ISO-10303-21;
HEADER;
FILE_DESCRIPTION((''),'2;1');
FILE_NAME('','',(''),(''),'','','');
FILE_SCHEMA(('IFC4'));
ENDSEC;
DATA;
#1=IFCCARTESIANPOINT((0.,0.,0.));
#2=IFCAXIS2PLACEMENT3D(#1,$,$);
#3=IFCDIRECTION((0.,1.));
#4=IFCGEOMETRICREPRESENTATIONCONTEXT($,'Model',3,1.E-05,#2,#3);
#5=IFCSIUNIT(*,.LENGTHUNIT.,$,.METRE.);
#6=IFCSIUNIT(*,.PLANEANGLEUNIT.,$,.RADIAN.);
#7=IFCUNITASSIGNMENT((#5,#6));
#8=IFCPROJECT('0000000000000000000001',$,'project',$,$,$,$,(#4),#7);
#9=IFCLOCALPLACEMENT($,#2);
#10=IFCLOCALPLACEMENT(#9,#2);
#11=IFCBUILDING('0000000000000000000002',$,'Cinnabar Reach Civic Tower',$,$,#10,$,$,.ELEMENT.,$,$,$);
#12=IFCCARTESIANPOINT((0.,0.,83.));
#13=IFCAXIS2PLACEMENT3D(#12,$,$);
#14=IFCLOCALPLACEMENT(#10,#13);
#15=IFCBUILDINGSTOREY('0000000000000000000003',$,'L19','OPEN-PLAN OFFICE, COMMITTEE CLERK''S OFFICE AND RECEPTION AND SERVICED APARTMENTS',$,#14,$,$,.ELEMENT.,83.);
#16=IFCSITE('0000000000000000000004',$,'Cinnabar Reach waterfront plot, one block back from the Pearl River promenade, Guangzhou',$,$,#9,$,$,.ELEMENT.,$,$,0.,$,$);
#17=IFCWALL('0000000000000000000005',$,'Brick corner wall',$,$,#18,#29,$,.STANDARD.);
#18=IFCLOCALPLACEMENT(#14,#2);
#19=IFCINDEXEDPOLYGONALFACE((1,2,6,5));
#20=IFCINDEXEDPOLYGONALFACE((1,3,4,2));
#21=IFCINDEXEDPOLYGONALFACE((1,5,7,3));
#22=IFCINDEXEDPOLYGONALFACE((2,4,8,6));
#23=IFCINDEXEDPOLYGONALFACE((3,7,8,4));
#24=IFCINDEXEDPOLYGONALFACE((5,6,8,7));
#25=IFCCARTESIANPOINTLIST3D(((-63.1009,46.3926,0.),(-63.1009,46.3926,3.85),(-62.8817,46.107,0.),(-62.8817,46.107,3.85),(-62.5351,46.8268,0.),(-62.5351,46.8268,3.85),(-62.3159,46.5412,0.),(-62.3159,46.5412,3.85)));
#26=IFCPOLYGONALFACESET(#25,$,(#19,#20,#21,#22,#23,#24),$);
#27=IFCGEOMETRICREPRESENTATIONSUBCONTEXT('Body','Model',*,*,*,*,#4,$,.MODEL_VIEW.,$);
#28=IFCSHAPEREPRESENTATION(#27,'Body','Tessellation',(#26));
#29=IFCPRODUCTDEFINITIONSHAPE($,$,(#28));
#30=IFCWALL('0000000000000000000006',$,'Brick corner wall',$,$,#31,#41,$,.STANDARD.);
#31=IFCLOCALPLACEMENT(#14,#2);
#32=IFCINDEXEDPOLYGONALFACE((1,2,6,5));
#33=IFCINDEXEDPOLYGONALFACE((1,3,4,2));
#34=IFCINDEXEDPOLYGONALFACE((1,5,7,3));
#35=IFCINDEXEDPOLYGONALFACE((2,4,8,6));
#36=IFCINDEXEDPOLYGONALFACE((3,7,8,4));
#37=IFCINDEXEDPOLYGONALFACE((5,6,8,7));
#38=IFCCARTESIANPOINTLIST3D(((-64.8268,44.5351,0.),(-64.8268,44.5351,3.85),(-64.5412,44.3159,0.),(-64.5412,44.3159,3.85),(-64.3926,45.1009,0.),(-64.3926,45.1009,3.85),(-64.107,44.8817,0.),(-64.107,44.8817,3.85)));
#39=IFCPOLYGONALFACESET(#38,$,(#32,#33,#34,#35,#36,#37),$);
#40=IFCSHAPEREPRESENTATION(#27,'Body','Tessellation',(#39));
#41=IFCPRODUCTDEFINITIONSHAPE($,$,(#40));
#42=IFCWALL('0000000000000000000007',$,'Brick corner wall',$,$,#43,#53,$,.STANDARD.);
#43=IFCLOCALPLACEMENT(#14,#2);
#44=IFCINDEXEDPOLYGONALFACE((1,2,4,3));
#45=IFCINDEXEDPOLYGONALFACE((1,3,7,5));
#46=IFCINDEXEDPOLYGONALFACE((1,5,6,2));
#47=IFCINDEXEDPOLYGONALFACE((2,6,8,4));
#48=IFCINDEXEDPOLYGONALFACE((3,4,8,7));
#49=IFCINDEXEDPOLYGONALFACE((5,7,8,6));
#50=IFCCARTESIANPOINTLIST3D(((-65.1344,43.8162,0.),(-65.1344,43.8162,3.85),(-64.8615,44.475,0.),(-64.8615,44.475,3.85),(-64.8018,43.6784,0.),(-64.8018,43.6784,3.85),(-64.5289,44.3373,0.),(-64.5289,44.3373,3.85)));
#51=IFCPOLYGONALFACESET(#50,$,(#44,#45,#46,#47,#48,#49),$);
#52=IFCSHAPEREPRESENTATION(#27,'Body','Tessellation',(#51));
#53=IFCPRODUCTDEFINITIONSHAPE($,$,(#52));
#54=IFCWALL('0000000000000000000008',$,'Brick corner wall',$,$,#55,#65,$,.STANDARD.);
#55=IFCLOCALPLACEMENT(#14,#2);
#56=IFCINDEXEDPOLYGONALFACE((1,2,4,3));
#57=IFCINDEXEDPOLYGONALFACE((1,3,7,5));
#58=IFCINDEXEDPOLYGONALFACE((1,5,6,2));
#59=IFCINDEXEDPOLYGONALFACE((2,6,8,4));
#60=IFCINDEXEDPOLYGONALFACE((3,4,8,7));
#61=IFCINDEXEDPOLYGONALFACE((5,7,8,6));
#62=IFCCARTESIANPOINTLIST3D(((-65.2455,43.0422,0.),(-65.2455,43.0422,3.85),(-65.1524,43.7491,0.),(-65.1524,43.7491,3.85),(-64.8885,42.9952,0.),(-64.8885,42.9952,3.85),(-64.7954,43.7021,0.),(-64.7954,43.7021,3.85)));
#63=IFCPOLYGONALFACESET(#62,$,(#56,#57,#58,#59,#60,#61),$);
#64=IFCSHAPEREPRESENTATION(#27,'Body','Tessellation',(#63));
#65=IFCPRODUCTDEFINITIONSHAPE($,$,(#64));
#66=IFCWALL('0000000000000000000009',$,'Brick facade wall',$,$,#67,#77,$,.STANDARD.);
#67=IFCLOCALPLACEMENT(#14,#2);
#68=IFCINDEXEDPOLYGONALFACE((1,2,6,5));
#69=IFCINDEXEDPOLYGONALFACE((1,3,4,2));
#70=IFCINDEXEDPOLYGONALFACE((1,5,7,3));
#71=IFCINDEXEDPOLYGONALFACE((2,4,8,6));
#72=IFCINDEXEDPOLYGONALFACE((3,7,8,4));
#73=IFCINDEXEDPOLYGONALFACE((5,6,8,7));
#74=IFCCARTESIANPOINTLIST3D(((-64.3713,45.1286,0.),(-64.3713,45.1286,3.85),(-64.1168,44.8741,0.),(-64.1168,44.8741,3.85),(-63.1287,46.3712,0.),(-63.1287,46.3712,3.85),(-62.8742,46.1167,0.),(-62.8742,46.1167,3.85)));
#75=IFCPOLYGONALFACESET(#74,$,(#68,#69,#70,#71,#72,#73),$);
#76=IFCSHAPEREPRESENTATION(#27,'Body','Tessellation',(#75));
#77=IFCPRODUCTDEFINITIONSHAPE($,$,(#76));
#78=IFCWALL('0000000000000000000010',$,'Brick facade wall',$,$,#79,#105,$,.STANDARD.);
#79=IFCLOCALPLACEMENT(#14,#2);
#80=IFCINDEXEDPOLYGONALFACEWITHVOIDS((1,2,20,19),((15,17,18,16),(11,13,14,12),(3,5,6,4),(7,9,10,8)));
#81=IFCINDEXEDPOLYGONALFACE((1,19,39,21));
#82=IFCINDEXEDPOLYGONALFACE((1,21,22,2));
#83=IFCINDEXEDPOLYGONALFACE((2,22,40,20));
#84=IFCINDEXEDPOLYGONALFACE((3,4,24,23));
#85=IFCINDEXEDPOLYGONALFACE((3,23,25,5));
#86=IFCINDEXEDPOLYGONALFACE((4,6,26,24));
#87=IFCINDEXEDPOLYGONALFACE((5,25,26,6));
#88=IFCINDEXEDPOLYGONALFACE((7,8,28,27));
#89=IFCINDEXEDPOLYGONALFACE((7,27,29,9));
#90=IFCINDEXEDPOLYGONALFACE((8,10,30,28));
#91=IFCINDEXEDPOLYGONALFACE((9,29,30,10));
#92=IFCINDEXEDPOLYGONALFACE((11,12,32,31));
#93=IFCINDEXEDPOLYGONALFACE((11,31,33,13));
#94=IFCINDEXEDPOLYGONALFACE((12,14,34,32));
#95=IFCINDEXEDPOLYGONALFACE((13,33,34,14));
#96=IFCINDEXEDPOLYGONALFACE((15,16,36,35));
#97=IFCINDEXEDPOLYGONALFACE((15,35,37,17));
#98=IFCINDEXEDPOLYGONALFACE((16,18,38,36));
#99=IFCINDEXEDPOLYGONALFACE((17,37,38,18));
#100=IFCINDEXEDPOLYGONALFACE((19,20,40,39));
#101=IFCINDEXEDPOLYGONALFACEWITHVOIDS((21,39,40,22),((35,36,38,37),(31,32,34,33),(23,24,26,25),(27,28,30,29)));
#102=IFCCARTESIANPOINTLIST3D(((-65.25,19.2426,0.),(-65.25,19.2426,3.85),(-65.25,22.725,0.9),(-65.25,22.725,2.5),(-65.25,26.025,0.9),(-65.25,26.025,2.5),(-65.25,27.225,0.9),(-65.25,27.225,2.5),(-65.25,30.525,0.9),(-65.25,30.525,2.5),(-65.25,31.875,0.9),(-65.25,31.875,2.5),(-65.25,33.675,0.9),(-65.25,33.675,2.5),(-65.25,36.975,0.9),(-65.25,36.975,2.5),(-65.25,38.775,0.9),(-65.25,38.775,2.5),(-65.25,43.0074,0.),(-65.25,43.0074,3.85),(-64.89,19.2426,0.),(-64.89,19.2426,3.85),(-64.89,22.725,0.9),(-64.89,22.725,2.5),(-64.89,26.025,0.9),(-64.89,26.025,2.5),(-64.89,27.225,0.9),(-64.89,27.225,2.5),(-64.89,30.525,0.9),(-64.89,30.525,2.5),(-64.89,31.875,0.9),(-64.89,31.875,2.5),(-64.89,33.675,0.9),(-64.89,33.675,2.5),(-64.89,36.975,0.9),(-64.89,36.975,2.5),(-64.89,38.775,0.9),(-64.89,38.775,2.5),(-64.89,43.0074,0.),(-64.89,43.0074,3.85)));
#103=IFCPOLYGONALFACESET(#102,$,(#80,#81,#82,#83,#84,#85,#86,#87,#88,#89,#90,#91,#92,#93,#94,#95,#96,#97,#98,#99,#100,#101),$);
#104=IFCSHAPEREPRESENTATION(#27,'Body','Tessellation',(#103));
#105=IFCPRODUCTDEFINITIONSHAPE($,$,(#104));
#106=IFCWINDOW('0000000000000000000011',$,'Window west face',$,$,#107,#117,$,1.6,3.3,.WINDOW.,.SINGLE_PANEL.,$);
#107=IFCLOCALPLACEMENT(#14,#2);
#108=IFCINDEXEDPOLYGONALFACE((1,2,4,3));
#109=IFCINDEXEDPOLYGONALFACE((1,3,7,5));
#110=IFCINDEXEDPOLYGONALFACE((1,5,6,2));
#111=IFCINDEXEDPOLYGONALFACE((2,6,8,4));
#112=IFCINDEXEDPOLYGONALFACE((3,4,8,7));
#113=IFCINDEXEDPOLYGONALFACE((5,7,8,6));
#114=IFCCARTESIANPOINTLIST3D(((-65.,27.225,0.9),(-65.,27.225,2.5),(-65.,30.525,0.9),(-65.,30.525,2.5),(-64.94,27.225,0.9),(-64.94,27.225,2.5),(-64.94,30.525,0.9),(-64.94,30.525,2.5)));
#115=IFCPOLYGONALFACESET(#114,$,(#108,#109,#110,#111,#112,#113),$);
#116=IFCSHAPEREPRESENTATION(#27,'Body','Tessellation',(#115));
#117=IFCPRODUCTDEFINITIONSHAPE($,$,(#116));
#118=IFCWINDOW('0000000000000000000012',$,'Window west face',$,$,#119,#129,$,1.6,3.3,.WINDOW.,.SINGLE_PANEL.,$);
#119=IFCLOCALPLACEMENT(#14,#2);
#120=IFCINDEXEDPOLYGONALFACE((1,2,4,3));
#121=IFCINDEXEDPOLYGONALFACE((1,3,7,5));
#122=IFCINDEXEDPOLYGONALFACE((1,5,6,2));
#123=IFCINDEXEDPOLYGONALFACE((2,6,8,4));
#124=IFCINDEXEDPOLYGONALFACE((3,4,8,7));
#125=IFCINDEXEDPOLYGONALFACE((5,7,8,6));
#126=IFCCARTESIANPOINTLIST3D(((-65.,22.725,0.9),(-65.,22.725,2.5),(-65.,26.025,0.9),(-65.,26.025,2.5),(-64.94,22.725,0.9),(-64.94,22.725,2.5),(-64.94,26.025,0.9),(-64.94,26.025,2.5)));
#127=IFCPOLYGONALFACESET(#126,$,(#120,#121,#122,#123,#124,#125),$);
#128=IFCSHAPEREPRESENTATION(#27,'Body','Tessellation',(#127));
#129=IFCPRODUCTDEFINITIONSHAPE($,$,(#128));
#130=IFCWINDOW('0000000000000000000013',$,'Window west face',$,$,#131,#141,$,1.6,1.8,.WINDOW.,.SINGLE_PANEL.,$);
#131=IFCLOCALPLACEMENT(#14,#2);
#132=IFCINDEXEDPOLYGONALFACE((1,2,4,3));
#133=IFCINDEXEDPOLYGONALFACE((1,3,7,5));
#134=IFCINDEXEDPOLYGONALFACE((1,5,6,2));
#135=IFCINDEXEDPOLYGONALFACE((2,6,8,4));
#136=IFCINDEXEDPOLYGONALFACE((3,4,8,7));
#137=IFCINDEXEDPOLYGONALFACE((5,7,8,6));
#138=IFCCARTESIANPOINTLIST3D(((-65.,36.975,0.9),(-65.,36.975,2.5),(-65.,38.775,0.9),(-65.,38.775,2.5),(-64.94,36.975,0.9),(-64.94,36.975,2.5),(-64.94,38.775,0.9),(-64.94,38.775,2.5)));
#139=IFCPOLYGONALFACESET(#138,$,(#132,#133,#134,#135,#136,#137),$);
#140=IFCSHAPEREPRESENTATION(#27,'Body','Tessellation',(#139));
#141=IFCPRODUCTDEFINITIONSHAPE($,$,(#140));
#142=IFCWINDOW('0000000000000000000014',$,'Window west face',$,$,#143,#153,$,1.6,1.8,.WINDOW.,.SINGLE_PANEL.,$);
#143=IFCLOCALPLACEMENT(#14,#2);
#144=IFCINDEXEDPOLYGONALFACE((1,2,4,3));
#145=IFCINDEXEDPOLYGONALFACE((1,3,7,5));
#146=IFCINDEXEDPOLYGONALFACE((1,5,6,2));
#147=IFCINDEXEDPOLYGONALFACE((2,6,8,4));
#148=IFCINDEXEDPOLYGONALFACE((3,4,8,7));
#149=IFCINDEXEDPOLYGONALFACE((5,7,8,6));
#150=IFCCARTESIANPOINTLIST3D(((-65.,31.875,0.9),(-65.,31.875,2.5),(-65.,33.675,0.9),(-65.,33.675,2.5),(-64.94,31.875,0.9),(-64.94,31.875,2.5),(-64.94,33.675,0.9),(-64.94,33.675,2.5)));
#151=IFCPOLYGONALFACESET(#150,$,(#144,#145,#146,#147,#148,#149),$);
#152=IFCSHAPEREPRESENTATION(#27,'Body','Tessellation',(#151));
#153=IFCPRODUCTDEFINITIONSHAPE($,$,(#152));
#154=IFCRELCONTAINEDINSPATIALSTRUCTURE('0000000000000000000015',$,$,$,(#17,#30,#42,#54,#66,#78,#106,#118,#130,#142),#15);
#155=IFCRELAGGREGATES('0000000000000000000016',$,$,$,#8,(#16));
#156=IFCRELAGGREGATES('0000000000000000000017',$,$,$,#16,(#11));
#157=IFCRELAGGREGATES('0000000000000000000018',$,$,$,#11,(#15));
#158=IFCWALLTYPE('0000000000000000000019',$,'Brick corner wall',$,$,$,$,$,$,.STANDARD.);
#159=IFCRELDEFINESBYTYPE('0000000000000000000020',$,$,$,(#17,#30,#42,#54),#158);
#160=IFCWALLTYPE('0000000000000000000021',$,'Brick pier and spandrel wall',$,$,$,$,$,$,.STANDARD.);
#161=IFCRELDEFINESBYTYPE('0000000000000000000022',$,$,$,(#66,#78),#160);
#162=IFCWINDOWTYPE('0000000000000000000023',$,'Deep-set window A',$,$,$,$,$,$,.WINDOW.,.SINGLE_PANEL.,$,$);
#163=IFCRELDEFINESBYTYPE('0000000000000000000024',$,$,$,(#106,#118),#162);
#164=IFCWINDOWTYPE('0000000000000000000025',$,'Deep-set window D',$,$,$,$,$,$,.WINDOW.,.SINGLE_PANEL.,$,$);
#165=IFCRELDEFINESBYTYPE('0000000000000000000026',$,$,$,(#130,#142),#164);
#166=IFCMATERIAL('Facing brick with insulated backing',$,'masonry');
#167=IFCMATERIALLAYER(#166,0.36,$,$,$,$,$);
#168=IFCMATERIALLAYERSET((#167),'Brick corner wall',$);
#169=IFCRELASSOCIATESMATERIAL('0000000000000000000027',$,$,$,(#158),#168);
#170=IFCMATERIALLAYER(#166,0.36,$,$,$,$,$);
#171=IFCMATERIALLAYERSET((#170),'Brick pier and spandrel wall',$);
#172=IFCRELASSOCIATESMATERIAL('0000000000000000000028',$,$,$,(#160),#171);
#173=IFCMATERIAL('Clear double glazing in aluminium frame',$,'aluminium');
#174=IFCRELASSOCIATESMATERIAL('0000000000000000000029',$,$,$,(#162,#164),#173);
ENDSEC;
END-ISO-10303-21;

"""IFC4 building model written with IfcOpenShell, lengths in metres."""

from ifc_helpers import new_model, si_unit, direction, frame, frame_2d, origin, place, context, subcontext, project, spatial, rectangle, extrude, material, layer, layer_set, type_object, element, fill, save


model = new_model("IFC4")

# Units and contexts
model_context = context("Model", 3, precision=1e-05, world=origin(), true_north=direction((0.0, 1.0)))
body_context = subcontext(model_context, "Body", "Model", "MODEL_VIEW")
ifc_project = project(units=[si_unit("LENGTHUNIT", "METRE"), si_unit("PLANEANGLEUNIT", "RADIAN")], contexts=[model_context])

# Site, building, storey
site_placement = place(None, origin())
site = spatial("IfcSite", under=ifc_project, at=site_placement, Name="Cinnabar Reach waterfront plot, one block back from the Pearl River promenade, Guangzhou", CompositionType="ELEMENT", RefElevation=0.0)
building_placement = place(site_placement, origin())
building = spatial("IfcBuilding", under=site, at=building_placement, Name="Cinnabar Reach Civic Tower", CompositionType="ELEMENT")
storey_placement = place(building_placement, frame((0.0, 0.0, 83.0)))
storey = spatial("IfcBuildingStorey", under=building, at=storey_placement, Name="L19", Description="OPEN-PLAN OFFICE, COMMITTEE CLERK'S OFFICE AND RECEPTION AND SERVICED APARTMENTS", CompositionType="ELEMENT", Elevation=83.0)

# Walls
ifc_material_1 = material(Name="Facing brick with insulated backing", Category="masonry")
ifc_layer_1 = layer(ifc_material_1, 0.36)
ifc_layer_set_1 = layer_set([ifc_layer_1], Name="Brick corner wall")
wall_type_1 = type_object("IfcWallType", Name="Brick corner wall", PredefinedType="STANDARD", material=ifc_layer_set_1)
for number, where, z_axis, x_axis, name in (
    (1, (-62.4255, 46.684, 0.0), (0.0, 0.0, 1.0), (-0.793322, -0.608802, 0.0), "Brick corner wall"),
    (2, (-64.2498, 44.9913, 0.0), (0.0, 0.0, 1.0), (-0.608802, -0.793322, 0.0), "Brick corner wall"),
):
    element("IfcWall", number, at=place(storey_placement, frame(where, z_axis=z_axis, x_axis=x_axis)), inside=storey, type_object=wall_type_1, Name=name, PredefinedType="STANDARD", context=body_context, shape_type="SweptSolid", body=[
        extrude(rectangle(XDim=0.7132, YDim=0.36, at=frame_2d((0.3566, 0.0))), origin(), (0.0, 0.0, 1.0), 3.85),
    ])
for number, where, z_axis, x_axis, name in (
    (3, (-64.6952, 44.4061, 0.0), (0.0, 0.0, 1.0), (-0.382703, -0.923872, 0.0), "Brick corner wall"),
    (4, (-64.9739, 43.7256, 0.0), (0.0, 0.0, 1.0), (-0.130556, -0.991441, 0.0), "Brick corner wall"),
):
    element("IfcWall", number, at=place(storey_placement, frame(where, z_axis=z_axis, x_axis=x_axis)), inside=storey, type_object=wall_type_1, Name=name, PredefinedType="STANDARD", context=body_context, shape_type="SweptSolid", body=[
        extrude(rectangle(XDim=0.7131, YDim=0.36, at=frame_2d((0.3565, 0.0))), origin(), (0.0, 0.0, 1.0), 3.85),
    ])
ifc_layer_2 = layer(ifc_material_1, 0.36)
ifc_layer_set_2 = layer_set([ifc_layer_2], Name="Brick pier and spandrel wall")
wall_type_2 = type_object("IfcWallType", Name="Brick pier and spandrel wall", PredefinedType="STANDARD", material=ifc_layer_set_2)
wall_1_placement = place(storey_placement, frame((-63.0014, 46.244, 0.0), z_axis=(0.0, 0.0, 1.0), x_axis=(-0.707107, -0.707107, 0.0)))
element("IfcWall", 5, at=wall_1_placement, inside=storey, type_object=wall_type_2, Name="Brick facade wall", PredefinedType="STANDARD", context=body_context, shape_type="SweptSolid", body=[
    extrude(rectangle(XDim=1.7573, YDim=0.36, at=frame_2d((0.8787, 0.0))), origin(), (0.0, 0.0, 1.0), 3.85),
])

# Wall, openings, windows
wall_2_placement = place(storey_placement, frame((-65.07, 43.0074, 0.0), z_axis=(0.0, 0.0, 1.0), x_axis=(0.0, -1.0, 0.0)))
wall_2 = element("IfcWall", 6, at=wall_2_placement, inside=storey, type_object=wall_type_2, Name="Brick facade wall", PredefinedType="STANDARD", context=body_context, shape_type="SweptSolid", body=[
    extrude(rectangle(XDim=23.7648, YDim=0.36, at=frame_2d((11.8824, 0.0))), origin(), (0.0, 0.0, 1.0), 3.85),
])
opening_1_placement = place(wall_2_placement, frame((4.2324, 0.0, 0.9)))
opening_1 = element("IfcOpeningElement", 7, at=opening_1_placement, cuts=wall_2, PredefinedType="OPENING", context=body_context, shape_type="SweptSolid", body=[
    extrude(rectangle(XDim=1.8, YDim=1.6, at=frame_2d((0.9, 0.8))), frame((0.0, 0.19, 0.0), z_axis=(0.0, -1.0, 0.0), x_axis=(1.0, 0.0, 0.0)), (0.0, 0.0, 1.0), 0.38),
])
opening_2_placement = place(wall_2_placement, frame((9.3324, 0.0, 0.9)))
opening_2 = element("IfcOpeningElement", 8, at=opening_2_placement, cuts=wall_2, PredefinedType="OPENING", context=body_context, shape_type="SweptSolid", body=[
    extrude(rectangle(XDim=1.8, YDim=1.6, at=frame_2d((0.9, 0.8))), frame((0.0, 0.19, 0.0), z_axis=(0.0, -1.0, 0.0), x_axis=(1.0, 0.0, 0.0)), (0.0, 0.0, 1.0), 0.38),
])
opening_3_placement = place(wall_2_placement, frame((12.4824, 0.0, 0.9)))
opening_3 = element("IfcOpeningElement", 9, at=opening_3_placement, cuts=wall_2, PredefinedType="OPENING", context=body_context, shape_type="SweptSolid", body=[
    extrude(rectangle(XDim=3.3, YDim=1.6, at=frame_2d((1.65, 0.8))), frame((0.0, 0.19, 0.0), z_axis=(0.0, -1.0, 0.0), x_axis=(1.0, 0.0, 0.0)), (0.0, 0.0, 1.0), 0.38),
])
opening_4_placement = place(wall_2_placement, frame((16.9824, 0.0, 0.9)))
opening_4 = element("IfcOpeningElement", 10, at=opening_4_placement, cuts=wall_2, PredefinedType="OPENING", context=body_context, shape_type="SweptSolid", body=[
    extrude(rectangle(XDim=3.3, YDim=1.6, at=frame_2d((1.65, 0.8))), frame((0.0, 0.19, 0.0), z_axis=(0.0, -1.0, 0.0), x_axis=(1.0, 0.0, 0.0)), (0.0, 0.0, 1.0), 0.38),
])
ifc_material_2 = material(Name="Clear double glazing in aluminium frame", Category="aluminium")
window_type_1 = type_object("IfcWindowType", Name="Deep-set window A", PartitioningType="SINGLE_PANEL", PredefinedType="WINDOW", material=ifc_material_2)
window_1_placement = place(opening_3_placement, origin())
window_1 = element("IfcWindow", 11, at=window_1_placement, inside=storey, type_object=window_type_1, Name="Window west face", OverallHeight=1.6, OverallWidth=3.3, PartitioningType="SINGLE_PANEL", PredefinedType="WINDOW", context=body_context, shape_type="SweptSolid", body=[
    extrude(rectangle(XDim=3.3, YDim=1.6, at=frame_2d((1.65, 0.8))), frame((0.0, 0.13, 0.0), z_axis=(0.0, -1.0, 0.0), x_axis=(1.0, 0.0, 0.0)), (0.0, 0.0, 1.0), 0.06),
])
fill(opening_3, window_1)
window_2_placement = place(opening_4_placement, origin())
window_2 = element("IfcWindow", 12, at=window_2_placement, inside=storey, type_object=window_type_1, Name="Window west face", OverallHeight=1.6, OverallWidth=3.3, PartitioningType="SINGLE_PANEL", PredefinedType="WINDOW", context=body_context, shape_type="SweptSolid", body=[
    extrude(rectangle(XDim=3.3, YDim=1.6, at=frame_2d((1.65, 0.8))), frame((0.0, 0.13, 0.0), z_axis=(0.0, -1.0, 0.0), x_axis=(1.0, 0.0, 0.0)), (0.0, 0.0, 1.0), 0.06),
])
fill(opening_4, window_2)
window_type_2 = type_object("IfcWindowType", Name="Deep-set window D", PartitioningType="SINGLE_PANEL", PredefinedType="WINDOW", material=ifc_material_2)
window_3_placement = place(opening_1_placement, origin())
window_3 = element("IfcWindow", 13, at=window_3_placement, inside=storey, type_object=window_type_2, Name="Window west face", OverallHeight=1.6, OverallWidth=1.8, PartitioningType="SINGLE_PANEL", PredefinedType="WINDOW", context=body_context, shape_type="SweptSolid", body=[
    extrude(rectangle(XDim=1.8, YDim=1.6, at=frame_2d((0.9, 0.8))), frame((0.0, 0.13, 0.0), z_axis=(0.0, -1.0, 0.0), x_axis=(1.0, 0.0, 0.0)), (0.0, 0.0, 1.0), 0.06),
])
fill(opening_1, window_3)
window_4_placement = place(opening_2_placement, origin())
window_4 = element("IfcWindow", 14, at=window_4_placement, inside=storey, type_object=window_type_2, Name="Window west face", OverallHeight=1.6, OverallWidth=1.8, PartitioningType="SINGLE_PANEL", PredefinedType="WINDOW", context=body_context, shape_type="SweptSolid", body=[
    extrude(rectangle(XDim=1.8, YDim=1.6, at=frame_2d((0.9, 0.8))), frame((0.0, 0.13, 0.0), z_axis=(0.0, -1.0, 0.0), x_axis=(1.0, 0.0, 0.0)), (0.0, 0.0, 1.0), 0.06),
])
fill(opening_2, window_4)

save(model, "model.ifc")
